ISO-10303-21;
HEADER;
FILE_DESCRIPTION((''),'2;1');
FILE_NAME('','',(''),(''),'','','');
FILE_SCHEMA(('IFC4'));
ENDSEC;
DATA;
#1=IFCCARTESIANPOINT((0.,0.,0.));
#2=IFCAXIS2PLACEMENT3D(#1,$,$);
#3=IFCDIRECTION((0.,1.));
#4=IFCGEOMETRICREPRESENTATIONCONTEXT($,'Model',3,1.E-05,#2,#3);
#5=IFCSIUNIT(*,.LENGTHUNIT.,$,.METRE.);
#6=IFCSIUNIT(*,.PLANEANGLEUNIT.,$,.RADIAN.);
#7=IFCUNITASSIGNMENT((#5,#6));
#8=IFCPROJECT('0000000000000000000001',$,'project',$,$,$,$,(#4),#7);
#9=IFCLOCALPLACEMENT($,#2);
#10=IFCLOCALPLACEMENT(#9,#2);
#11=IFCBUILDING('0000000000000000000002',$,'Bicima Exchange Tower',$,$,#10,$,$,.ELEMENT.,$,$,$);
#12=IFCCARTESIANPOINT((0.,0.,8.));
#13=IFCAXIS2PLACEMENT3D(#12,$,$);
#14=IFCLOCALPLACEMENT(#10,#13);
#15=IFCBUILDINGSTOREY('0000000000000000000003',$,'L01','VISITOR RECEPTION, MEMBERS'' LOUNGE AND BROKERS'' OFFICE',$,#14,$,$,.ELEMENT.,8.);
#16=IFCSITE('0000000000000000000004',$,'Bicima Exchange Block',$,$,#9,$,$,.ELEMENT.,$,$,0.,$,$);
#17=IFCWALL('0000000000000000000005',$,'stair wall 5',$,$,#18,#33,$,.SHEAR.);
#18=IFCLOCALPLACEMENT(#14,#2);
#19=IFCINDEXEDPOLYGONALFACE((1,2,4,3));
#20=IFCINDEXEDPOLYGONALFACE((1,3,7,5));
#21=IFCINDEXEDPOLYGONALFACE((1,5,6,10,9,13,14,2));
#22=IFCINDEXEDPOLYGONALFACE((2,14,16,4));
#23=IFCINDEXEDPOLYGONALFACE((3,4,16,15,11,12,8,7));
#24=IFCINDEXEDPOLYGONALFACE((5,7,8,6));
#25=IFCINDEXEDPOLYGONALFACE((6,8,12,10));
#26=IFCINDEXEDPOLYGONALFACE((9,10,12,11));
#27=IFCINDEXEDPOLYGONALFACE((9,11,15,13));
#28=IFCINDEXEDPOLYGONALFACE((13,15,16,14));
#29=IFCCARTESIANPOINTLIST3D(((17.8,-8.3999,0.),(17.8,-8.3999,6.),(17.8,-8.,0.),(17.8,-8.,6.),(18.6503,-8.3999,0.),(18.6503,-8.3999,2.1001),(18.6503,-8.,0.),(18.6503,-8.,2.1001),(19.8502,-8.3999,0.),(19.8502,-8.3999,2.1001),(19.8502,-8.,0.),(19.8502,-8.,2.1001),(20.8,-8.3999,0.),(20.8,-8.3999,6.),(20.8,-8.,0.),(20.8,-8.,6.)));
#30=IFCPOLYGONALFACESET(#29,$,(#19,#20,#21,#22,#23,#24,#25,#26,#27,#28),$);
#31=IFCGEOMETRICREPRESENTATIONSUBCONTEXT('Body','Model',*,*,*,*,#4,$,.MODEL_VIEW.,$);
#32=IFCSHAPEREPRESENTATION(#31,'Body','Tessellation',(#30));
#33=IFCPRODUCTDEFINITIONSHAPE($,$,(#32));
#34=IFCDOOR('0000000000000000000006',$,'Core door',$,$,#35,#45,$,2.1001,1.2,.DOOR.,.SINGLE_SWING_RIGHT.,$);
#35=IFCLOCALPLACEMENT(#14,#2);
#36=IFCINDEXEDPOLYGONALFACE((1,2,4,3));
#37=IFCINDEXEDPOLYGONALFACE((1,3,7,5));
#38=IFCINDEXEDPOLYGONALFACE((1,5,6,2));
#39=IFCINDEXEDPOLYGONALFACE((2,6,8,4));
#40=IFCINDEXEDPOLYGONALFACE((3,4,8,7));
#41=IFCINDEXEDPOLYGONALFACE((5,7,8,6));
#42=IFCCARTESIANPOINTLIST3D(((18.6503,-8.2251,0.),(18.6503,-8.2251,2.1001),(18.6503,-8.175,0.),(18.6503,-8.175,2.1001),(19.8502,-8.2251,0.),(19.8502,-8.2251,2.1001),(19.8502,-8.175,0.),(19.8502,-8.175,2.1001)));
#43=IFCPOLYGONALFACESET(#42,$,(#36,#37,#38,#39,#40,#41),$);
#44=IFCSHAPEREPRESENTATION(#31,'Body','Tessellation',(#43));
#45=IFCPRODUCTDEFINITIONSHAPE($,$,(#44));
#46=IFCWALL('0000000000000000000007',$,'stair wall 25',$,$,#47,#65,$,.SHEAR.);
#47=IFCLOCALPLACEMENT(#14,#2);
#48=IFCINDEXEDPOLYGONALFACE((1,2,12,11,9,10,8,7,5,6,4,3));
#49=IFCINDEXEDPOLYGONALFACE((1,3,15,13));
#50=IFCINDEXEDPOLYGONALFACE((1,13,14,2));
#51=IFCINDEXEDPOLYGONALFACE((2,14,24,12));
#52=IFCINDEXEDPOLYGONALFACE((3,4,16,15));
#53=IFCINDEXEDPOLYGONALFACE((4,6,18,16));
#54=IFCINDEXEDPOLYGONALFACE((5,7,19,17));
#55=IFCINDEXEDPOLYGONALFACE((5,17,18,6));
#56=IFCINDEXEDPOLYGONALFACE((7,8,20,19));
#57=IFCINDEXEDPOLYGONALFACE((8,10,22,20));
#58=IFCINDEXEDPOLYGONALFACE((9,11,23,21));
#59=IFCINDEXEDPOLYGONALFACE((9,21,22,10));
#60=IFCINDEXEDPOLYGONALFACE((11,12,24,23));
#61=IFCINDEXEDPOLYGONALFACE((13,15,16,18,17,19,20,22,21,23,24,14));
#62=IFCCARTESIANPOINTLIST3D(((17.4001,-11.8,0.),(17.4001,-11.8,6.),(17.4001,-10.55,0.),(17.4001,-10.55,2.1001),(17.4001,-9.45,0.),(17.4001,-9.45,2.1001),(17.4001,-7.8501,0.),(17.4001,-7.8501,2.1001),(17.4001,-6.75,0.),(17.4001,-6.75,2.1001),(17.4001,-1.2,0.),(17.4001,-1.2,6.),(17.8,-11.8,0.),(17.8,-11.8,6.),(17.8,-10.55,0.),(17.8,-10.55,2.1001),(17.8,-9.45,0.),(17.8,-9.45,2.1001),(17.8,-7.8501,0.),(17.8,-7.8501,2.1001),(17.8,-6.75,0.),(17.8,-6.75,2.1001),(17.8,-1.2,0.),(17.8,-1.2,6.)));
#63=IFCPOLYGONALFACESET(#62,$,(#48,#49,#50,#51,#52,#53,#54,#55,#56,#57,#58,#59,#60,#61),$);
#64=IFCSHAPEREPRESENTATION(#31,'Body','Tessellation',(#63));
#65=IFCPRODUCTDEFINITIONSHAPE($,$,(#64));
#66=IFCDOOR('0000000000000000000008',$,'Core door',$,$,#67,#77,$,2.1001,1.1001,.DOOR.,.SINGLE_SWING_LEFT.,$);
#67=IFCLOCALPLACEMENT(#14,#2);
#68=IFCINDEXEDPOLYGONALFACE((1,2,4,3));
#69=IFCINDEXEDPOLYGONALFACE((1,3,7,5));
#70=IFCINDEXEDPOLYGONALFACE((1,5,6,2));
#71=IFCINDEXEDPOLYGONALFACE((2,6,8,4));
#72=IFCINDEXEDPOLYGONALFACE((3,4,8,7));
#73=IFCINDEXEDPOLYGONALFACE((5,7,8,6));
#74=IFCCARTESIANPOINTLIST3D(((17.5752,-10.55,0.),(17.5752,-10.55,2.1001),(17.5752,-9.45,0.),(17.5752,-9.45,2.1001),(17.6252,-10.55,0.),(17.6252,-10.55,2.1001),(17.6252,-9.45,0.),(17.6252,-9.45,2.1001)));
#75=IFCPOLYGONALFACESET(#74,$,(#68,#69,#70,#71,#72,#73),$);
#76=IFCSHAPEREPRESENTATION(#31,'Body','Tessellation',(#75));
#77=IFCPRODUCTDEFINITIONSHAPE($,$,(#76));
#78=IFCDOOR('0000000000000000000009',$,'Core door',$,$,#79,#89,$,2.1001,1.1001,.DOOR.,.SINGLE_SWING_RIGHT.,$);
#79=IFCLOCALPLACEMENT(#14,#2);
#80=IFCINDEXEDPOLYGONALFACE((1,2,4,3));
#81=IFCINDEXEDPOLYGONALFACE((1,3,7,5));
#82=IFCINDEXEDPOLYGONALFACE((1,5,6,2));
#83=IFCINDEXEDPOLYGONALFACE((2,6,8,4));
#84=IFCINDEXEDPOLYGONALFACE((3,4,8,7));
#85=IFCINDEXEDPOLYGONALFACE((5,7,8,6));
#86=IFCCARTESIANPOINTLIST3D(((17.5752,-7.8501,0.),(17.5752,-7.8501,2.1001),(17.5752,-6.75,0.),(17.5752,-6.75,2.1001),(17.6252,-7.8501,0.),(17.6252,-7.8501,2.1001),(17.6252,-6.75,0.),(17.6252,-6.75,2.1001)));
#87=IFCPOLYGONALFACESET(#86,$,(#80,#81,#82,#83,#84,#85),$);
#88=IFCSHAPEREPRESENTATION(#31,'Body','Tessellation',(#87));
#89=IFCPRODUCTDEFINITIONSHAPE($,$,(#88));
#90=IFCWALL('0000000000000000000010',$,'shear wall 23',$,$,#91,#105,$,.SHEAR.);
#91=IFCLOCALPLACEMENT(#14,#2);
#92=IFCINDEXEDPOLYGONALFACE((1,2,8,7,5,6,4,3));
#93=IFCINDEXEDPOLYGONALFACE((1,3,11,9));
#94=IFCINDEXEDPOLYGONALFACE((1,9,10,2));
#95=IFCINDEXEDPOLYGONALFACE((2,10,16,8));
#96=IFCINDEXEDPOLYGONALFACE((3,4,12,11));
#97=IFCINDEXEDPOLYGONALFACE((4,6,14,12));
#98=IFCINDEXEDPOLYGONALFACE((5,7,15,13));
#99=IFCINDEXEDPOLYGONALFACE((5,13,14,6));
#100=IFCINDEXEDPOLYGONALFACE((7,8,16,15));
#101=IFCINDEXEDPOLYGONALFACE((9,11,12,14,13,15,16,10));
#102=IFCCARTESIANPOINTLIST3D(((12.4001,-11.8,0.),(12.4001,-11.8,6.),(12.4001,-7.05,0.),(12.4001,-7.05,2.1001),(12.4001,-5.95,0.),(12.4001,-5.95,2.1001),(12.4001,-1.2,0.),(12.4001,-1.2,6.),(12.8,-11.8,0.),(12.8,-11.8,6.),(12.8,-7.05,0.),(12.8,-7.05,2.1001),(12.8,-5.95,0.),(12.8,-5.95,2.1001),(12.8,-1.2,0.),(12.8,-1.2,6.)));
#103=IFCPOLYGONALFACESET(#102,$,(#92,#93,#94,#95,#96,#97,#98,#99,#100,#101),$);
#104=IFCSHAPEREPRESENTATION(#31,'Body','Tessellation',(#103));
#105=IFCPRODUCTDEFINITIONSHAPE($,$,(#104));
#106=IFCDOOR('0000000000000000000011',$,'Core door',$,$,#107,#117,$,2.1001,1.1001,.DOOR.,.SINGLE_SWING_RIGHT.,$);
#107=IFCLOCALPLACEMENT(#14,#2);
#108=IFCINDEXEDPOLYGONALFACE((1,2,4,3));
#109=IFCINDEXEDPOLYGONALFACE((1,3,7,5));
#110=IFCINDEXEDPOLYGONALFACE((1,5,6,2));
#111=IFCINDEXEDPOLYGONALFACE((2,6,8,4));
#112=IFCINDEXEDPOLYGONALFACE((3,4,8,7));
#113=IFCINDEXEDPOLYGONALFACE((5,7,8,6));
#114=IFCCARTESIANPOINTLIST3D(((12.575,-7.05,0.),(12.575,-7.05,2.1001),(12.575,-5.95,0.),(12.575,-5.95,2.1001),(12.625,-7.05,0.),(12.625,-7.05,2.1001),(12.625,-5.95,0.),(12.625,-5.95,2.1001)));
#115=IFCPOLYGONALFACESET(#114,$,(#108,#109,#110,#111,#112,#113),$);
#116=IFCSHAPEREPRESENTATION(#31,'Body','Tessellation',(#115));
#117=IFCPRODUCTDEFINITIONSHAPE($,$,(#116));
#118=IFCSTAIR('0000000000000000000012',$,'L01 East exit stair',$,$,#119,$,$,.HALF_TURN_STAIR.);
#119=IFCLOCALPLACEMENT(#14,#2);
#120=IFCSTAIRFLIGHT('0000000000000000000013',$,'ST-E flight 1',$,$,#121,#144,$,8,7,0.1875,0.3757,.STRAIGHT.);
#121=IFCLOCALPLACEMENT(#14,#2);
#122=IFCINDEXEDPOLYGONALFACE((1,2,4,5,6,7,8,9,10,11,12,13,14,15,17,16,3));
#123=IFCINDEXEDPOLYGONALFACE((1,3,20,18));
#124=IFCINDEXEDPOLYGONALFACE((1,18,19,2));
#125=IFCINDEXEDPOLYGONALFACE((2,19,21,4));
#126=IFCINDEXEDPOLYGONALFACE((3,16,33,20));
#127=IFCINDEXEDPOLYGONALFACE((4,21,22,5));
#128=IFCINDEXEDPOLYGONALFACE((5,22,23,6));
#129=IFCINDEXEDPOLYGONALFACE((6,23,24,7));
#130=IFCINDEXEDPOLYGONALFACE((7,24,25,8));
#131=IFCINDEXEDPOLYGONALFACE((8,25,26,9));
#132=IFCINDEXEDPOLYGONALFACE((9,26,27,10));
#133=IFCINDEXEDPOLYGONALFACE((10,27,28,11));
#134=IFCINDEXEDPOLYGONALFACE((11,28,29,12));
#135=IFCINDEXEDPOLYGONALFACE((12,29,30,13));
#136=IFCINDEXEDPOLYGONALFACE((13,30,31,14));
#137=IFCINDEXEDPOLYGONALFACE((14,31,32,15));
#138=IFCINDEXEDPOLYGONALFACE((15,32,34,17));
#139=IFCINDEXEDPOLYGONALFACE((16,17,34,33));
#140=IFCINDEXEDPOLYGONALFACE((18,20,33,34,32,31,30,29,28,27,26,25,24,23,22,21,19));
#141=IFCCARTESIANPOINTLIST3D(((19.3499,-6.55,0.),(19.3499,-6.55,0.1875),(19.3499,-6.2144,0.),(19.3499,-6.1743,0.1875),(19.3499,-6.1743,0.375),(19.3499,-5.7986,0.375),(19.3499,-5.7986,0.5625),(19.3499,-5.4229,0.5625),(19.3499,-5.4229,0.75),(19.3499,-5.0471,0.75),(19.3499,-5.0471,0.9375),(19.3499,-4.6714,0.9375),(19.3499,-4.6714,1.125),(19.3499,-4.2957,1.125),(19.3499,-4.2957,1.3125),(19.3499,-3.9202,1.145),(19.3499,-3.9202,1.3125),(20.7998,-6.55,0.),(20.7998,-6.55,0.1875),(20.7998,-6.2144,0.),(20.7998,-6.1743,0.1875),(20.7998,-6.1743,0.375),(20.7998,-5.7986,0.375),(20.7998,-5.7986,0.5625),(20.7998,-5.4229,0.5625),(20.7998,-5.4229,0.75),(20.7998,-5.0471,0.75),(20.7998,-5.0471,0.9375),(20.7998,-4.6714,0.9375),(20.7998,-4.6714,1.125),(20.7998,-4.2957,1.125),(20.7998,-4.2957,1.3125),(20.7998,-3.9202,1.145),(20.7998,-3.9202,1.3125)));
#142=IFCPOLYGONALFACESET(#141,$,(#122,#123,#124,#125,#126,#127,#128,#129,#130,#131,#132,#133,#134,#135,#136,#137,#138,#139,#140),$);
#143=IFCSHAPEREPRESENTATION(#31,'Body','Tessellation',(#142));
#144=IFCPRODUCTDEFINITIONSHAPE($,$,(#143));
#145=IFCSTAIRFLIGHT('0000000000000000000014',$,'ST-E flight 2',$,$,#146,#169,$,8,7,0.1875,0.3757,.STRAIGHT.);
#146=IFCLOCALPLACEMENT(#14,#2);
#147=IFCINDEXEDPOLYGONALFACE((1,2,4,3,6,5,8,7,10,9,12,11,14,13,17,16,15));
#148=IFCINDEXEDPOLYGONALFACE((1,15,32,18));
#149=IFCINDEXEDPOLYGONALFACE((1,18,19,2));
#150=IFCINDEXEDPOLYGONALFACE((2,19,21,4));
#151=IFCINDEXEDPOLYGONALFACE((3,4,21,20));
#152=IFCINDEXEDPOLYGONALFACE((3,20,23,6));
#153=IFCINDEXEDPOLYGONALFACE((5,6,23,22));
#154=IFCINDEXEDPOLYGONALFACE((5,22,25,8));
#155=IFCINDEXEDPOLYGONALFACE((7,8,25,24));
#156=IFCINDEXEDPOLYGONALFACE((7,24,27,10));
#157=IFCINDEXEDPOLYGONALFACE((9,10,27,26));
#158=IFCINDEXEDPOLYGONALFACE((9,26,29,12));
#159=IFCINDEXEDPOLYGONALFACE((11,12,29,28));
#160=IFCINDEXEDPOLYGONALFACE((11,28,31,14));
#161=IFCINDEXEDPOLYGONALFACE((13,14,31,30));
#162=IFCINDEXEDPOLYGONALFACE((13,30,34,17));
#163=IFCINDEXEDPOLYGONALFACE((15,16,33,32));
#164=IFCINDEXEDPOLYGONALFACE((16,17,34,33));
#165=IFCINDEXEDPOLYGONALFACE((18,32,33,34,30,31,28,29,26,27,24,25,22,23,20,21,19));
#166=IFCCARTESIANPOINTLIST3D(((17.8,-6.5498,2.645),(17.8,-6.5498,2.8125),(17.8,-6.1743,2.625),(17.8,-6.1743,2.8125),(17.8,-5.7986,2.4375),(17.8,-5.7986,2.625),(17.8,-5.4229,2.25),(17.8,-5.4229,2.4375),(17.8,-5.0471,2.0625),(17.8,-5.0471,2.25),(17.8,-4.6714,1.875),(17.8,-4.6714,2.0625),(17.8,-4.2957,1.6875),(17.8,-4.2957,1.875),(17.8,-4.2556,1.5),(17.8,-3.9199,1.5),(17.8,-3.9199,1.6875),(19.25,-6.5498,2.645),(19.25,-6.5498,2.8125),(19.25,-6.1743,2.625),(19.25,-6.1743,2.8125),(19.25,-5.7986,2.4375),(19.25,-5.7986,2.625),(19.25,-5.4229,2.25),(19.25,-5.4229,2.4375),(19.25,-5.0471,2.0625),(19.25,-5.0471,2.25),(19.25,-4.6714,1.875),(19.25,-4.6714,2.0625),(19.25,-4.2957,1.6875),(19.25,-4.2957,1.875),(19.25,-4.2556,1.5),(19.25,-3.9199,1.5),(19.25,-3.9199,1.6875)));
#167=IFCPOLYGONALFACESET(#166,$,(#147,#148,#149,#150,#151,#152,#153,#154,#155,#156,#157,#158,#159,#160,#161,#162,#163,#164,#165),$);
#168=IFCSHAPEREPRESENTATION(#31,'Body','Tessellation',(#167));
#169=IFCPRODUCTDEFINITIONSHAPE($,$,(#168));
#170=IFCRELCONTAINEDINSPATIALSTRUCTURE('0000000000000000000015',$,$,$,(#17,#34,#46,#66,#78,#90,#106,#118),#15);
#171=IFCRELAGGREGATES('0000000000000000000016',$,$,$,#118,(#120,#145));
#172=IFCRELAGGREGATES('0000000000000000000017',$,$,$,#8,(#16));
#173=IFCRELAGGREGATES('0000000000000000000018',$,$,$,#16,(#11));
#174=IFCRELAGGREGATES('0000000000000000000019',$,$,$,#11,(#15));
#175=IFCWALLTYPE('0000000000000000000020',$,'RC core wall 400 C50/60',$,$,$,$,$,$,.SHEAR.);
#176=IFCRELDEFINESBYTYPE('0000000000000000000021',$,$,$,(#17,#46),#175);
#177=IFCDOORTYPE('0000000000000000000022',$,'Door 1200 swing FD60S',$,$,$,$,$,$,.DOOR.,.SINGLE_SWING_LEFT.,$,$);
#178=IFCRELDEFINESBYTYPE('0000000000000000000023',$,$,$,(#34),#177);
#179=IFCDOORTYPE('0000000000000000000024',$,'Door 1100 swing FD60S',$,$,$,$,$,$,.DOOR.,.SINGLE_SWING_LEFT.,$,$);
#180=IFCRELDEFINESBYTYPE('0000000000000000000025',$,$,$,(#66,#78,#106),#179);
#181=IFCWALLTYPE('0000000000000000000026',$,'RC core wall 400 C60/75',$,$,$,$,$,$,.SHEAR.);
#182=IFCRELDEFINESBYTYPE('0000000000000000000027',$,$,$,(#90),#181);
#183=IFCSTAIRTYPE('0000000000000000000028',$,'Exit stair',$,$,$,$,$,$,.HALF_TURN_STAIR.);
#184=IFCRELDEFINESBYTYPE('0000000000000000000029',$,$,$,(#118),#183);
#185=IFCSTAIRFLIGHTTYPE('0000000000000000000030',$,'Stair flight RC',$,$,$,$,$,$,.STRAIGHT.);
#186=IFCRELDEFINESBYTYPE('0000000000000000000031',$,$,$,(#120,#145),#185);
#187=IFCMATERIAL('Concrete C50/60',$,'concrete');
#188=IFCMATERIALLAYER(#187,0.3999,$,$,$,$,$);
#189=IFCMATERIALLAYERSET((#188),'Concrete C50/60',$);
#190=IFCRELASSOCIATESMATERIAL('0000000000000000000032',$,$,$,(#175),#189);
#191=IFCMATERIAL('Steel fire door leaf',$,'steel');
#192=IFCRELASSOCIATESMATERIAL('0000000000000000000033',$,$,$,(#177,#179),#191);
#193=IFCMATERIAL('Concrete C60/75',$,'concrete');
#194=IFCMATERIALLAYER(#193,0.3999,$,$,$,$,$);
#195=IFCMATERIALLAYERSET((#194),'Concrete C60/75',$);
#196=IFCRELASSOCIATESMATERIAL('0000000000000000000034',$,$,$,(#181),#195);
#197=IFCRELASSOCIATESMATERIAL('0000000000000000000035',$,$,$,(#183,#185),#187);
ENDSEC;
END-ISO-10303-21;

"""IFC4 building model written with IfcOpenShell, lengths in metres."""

from ifc_helpers import new_model, si_unit, direction, frame, frame_2d, origin, place, context, subcontext, project, spatial, polyline, rectangle, outline, extrude, material, layer, layer_set, type_object, element, fill, aggregate, save


model = new_model("IFC4")

# Units and contexts
model_context = context("Model", 3, precision=1e-05, world=origin(), true_north=direction((0.0, 1.0)))
body_context = subcontext(model_context, "Body", "Model", "MODEL_VIEW")
ifc_project = project(units=[si_unit("LENGTHUNIT", "METRE"), si_unit("PLANEANGLEUNIT", "RADIAN")], contexts=[model_context])

# Site, building, storey
site_placement = place(None, origin())
site = spatial("IfcSite", under=ifc_project, at=site_placement, Name="Bicima Exchange Block", CompositionType="ELEMENT", RefElevation=0.0)
building_placement = place(site_placement, origin())
building = spatial("IfcBuilding", under=site, at=building_placement, Name="Bicima Exchange Tower", CompositionType="ELEMENT")
storey_placement = place(building_placement, frame((0.0, 0.0, 8.0)))
storey = spatial("IfcBuildingStorey", under=building, at=storey_placement, Name="L01", Description="VISITOR RECEPTION, MEMBERS' LOUNGE AND BROKERS' OFFICE", CompositionType="ELEMENT", Elevation=8.0)

# Shared definitions
ifc_material_1 = material(Name="Steel fire door leaf", Category="steel")

# Shared definitions
ifc_material_2 = material(Name="Concrete C60/75", Category="concrete")
ifc_material_3 = material(Name="Concrete C50/60", Category="concrete")

# Wall, opening, door
ifc_layer_1 = layer(ifc_material_3, 0.3999)
ifc_layer_set_1 = layer_set([ifc_layer_1], Name="Concrete C50/60")
wall_type_1 = type_object("IfcWallType", Name="RC core wall 400 C50/60", PredefinedType="SHEAR", material=ifc_layer_set_1)
wall_1_placement = place(storey_placement, frame((17.8, -8.2, 0.0), z_axis=(0.0, 0.0, 1.0), x_axis=(1.0, 0.0, 0.0)))
wall_1 = element("IfcWall", 1, at=wall_1_placement, inside=storey, type_object=wall_type_1, Name="stair wall 5", PredefinedType="SHEAR", context=body_context, shape_type="SweptSolid", body=[
    extrude(rectangle(XDim=3.0, YDim=0.3999, at=frame_2d((1.5, 0.0))), origin(), (0.0, 0.0, 1.0), 6.0),
])
opening_1_placement = place(wall_1_placement, frame((0.8501, 0.0, 0.0)))
opening_1 = element("IfcOpeningElement", 2, at=opening_1_placement, cuts=wall_1, PredefinedType="OPENING", context=body_context, shape_type="SweptSolid", body=[
    extrude(rectangle(XDim=1.2, YDim=2.1001, at=frame_2d((0.6001, 1.05))), frame((0.0, 0.2119, 0.0), z_axis=(0.0, -1.0, 0.0), x_axis=(1.0, 0.0, 0.0)), (0.0, 0.0, 1.0), 0.4238),
])
door_type_1 = type_object("IfcDoorType", Name="Door 1200 swing FD60S", OperationType="SINGLE_SWING_LEFT", PredefinedType="DOOR", material=ifc_material_1)
door_1_placement = place(opening_1_placement, origin())
door_1 = element("IfcDoor", 3, at=door_1_placement, inside=storey, type_object=door_type_1, Name="Core door", OperationType="SINGLE_SWING_RIGHT", OverallHeight=2.1001, OverallWidth=1.2, PredefinedType="DOOR", context=body_context, shape_type="SweptSolid", body=[
    extrude(rectangle(XDim=1.2, YDim=2.1001, at=frame_2d((0.6001, 1.05))), frame((0.0, 0.0249, 0.0), z_axis=(0.0, -1.0, 0.0), x_axis=(1.0, 0.0, 0.0)), (0.0, 0.0, 1.0), 0.05),
])
fill(opening_1, door_1)

# Wall, openings, doors
wall_2_placement = place(storey_placement, frame((17.6001, -11.8, 0.0), z_axis=(0.0, 0.0, 1.0), x_axis=(0.0, 1.0, 0.0)))
wall_2 = element("IfcWall", 4, at=wall_2_placement, inside=storey, type_object=wall_type_1, Name="stair wall 25", PredefinedType="SHEAR", context=body_context, shape_type="SweptSolid", body=[
    extrude(rectangle(XDim=10.6001, YDim=0.3999, at=frame_2d((5.3, 0.0))), origin(), (0.0, 0.0, 1.0), 6.0),
])
opening_2_placement = place(wall_2_placement, frame((1.25, 0.0, 0.0)))
opening_2 = element("IfcOpeningElement", 5, at=opening_2_placement, cuts=wall_2, PredefinedType="OPENING", context=body_context, shape_type="SweptSolid", body=[
    extrude(rectangle(XDim=1.1001, YDim=2.1001, at=frame_2d((0.55, 1.05))), frame((0.0, 0.2119, 0.0), z_axis=(0.0, -1.0, 0.0), x_axis=(1.0, 0.0, 0.0)), (0.0, 0.0, 1.0), 0.4238),
])
opening_3_placement = place(wall_2_placement, frame((3.95, 0.0, 0.0)))
opening_3 = element("IfcOpeningElement", 6, at=opening_3_placement, cuts=wall_2, PredefinedType="OPENING", context=body_context, shape_type="SweptSolid", body=[
    extrude(rectangle(XDim=1.1001, YDim=2.1001, at=frame_2d((0.55, 1.05))), frame((0.0, 0.2119, 0.0), z_axis=(0.0, -1.0, 0.0), x_axis=(1.0, 0.0, 0.0)), (0.0, 0.0, 1.0), 0.4238),
])
door_type_2 = type_object("IfcDoorType", Name="Door 1100 swing FD60S", OperationType="SINGLE_SWING_LEFT", PredefinedType="DOOR", material=ifc_material_1)
door_2_placement = place(opening_2_placement, origin())
door_2 = element("IfcDoor", 7, at=door_2_placement, inside=storey, type_object=door_type_2, Name="Core door", OperationType="SINGLE_SWING_LEFT", OverallHeight=2.1001, OverallWidth=1.1001, PredefinedType="DOOR", context=body_context, shape_type="SweptSolid", body=[
    extrude(rectangle(XDim=1.1001, YDim=2.1001, at=frame_2d((0.55, 1.05))), frame((0.0, 0.0249, 0.0), z_axis=(0.0, -1.0, 0.0), x_axis=(1.0, 0.0, 0.0)), (0.0, 0.0, 1.0), 0.05),
])
fill(opening_2, door_2)
door_3_placement = place(opening_3_placement, origin())
door_3 = element("IfcDoor", 8, at=door_3_placement, inside=storey, type_object=door_type_2, Name="Core door", OperationType="SINGLE_SWING_RIGHT", OverallHeight=2.1001, OverallWidth=1.1001, PredefinedType="DOOR", context=body_context, shape_type="SweptSolid", body=[
    extrude(rectangle(XDim=1.1001, YDim=2.1001, at=frame_2d((0.55, 1.05))), frame((0.0, 0.0249, 0.0), z_axis=(0.0, -1.0, 0.0), x_axis=(1.0, 0.0, 0.0)), (0.0, 0.0, 1.0), 0.05),
])
fill(opening_3, door_3)

# Wall, opening, door
ifc_layer_2 = layer(ifc_material_2, 0.3999)
ifc_layer_set_2 = layer_set([ifc_layer_2], Name="Concrete C60/75")
wall_type_2 = type_object("IfcWallType", Name="RC core wall 400 C60/75", PredefinedType="SHEAR", material=ifc_layer_set_2)
wall_3_placement = place(storey_placement, frame((12.6001, -11.8, 0.0), z_axis=(0.0, 0.0, 1.0), x_axis=(0.0, 1.0, 0.0)))
wall_3 = element("IfcWall", 9, at=wall_3_placement, inside=storey, type_object=wall_type_2, Name="shear wall 23", PredefinedType="SHEAR", context=body_context, shape_type="SweptSolid", body=[
    extrude(rectangle(XDim=10.6001, YDim=0.3999, at=frame_2d((5.3, 0.0))), origin(), (0.0, 0.0, 1.0), 6.0),
])
opening_4_placement = place(wall_3_placement, frame((4.75, 0.0, 0.0)))
opening_4 = element("IfcOpeningElement", 10, at=opening_4_placement, cuts=wall_3, PredefinedType="OPENING", context=body_context, shape_type="SweptSolid", body=[
    extrude(rectangle(XDim=1.1001, YDim=2.1001, at=frame_2d((0.55, 1.05))), frame((0.0, 0.2119, 0.0), z_axis=(0.0, -1.0, 0.0), x_axis=(1.0, 0.0, 0.0)), (0.0, 0.0, 1.0), 0.4238),
])
door_4_placement = place(opening_4_placement, frame((1.1001, 0.0, 0.0), z_axis=(0.0, 0.0, 1.0), x_axis=(-1.0, 0.0, 0.0)))
door_4 = element("IfcDoor", 11, at=door_4_placement, inside=storey, type_object=door_type_2, Name="Core door", OperationType="SINGLE_SWING_RIGHT", OverallHeight=2.1001, OverallWidth=1.1001, PredefinedType="DOOR", context=body_context, shape_type="SweptSolid", body=[
    extrude(rectangle(XDim=1.1001, YDim=2.1001, at=frame_2d((0.55, 1.05))), frame((0.0, 0.0249, 0.0), z_axis=(0.0, -1.0, 0.0), x_axis=(1.0, 0.0, 0.0)), (0.0, 0.0, 1.0), 0.05),
])
fill(opening_4, door_4)

# Stair, stair flights
stair_type = type_object("IfcStairType", Name="Exit stair", PredefinedType="HALF_TURN_STAIR", material=ifc_material_3)
stair_placement = place(storey_placement, origin())
stair = element("IfcStair", 12, at=stair_placement, inside=storey, type_object=stair_type, Name="L01 East exit stair", PredefinedType="HALF_TURN_STAIR")
stair_flight_type = type_object("IfcStairFlightType", Name="Stair flight RC", PredefinedType="STRAIGHT", material=ifc_material_3)
stair_flight_1_placement = place(storey_placement, frame((20.075, -6.55, 0.0), z_axis=(0.0, 0.0, 1.0), x_axis=(0.0, 1.0, 0.0)))
stair_flight_1 = element("IfcStairFlight", 13, at=stair_flight_1_placement, type_object=stair_flight_type, Name="ST-E flight 1", NumberOfRisers=8, NumberOfTreads=7, PredefinedType="STRAIGHT", RiserHeight=0.1875, TreadLength=0.3757, context=body_context, shape_type="SweptSolid", body=[
    extrude(outline(polyline([(0.0, 0.0), (0.0, 0.1875), (0.3757, 0.1875), (0.3757, 0.375), (0.7515, 0.375), (0.7515, 0.5625), (1.1272, 0.5625), (1.1272, 0.75), (1.5029, 0.75), (1.5029, 0.9375), (1.8787, 0.9375), (1.8787, 1.125), (2.2544, 1.125), (2.2544, 1.3125), (2.6299, 1.3125), (2.6299, 1.5), (2.6299, 1.145), (0.3357, 0.0), (0.0, 0.0)])), frame((0.0, 0.7251, 0.0), z_axis=(0.0, -1.0, 0.0), x_axis=(1.0, 0.0, 0.0)), (0.0, 0.0, 1.0), 1.45),
])
stair_flight_2_placement = place(storey_placement, frame((18.5249, -3.9199, 1.5), z_axis=(0.0, 0.0, 1.0), x_axis=(0.0, -1.0, 0.0)))
stair_flight_2 = element("IfcStairFlight", 14, at=stair_flight_2_placement, type_object=stair_flight_type, Name="ST-E flight 2", NumberOfRisers=8, NumberOfTreads=7, PredefinedType="STRAIGHT", RiserHeight=0.1875, TreadLength=0.3757, context=body_context, shape_type="SweptSolid", body=[
    extrude(outline(polyline([(0.0, 0.0), (0.0, 0.1875), (0.3757, 0.1875), (0.3757, 0.375), (0.7515, 0.375), (0.7515, 0.5625), (1.1272, 0.5625), (1.1272, 0.75), (1.5029, 0.75), (1.5029, 0.9375), (1.8787, 0.9375), (1.8787, 1.125), (2.2544, 1.125), (2.2544, 1.3125), (2.6299, 1.3125), (2.6299, 1.5), (2.6299, 1.145), (0.3357, 0.0), (0.0, 0.0)])), frame((0.0, 0.7251, 0.0), z_axis=(0.0, -1.0, 0.0), x_axis=(1.0, 0.0, 0.0)), (0.0, 0.0, 1.0), 1.45),
])
aggregate(stair, [stair_flight_1, stair_flight_2])

save(model, "model.ifc")
